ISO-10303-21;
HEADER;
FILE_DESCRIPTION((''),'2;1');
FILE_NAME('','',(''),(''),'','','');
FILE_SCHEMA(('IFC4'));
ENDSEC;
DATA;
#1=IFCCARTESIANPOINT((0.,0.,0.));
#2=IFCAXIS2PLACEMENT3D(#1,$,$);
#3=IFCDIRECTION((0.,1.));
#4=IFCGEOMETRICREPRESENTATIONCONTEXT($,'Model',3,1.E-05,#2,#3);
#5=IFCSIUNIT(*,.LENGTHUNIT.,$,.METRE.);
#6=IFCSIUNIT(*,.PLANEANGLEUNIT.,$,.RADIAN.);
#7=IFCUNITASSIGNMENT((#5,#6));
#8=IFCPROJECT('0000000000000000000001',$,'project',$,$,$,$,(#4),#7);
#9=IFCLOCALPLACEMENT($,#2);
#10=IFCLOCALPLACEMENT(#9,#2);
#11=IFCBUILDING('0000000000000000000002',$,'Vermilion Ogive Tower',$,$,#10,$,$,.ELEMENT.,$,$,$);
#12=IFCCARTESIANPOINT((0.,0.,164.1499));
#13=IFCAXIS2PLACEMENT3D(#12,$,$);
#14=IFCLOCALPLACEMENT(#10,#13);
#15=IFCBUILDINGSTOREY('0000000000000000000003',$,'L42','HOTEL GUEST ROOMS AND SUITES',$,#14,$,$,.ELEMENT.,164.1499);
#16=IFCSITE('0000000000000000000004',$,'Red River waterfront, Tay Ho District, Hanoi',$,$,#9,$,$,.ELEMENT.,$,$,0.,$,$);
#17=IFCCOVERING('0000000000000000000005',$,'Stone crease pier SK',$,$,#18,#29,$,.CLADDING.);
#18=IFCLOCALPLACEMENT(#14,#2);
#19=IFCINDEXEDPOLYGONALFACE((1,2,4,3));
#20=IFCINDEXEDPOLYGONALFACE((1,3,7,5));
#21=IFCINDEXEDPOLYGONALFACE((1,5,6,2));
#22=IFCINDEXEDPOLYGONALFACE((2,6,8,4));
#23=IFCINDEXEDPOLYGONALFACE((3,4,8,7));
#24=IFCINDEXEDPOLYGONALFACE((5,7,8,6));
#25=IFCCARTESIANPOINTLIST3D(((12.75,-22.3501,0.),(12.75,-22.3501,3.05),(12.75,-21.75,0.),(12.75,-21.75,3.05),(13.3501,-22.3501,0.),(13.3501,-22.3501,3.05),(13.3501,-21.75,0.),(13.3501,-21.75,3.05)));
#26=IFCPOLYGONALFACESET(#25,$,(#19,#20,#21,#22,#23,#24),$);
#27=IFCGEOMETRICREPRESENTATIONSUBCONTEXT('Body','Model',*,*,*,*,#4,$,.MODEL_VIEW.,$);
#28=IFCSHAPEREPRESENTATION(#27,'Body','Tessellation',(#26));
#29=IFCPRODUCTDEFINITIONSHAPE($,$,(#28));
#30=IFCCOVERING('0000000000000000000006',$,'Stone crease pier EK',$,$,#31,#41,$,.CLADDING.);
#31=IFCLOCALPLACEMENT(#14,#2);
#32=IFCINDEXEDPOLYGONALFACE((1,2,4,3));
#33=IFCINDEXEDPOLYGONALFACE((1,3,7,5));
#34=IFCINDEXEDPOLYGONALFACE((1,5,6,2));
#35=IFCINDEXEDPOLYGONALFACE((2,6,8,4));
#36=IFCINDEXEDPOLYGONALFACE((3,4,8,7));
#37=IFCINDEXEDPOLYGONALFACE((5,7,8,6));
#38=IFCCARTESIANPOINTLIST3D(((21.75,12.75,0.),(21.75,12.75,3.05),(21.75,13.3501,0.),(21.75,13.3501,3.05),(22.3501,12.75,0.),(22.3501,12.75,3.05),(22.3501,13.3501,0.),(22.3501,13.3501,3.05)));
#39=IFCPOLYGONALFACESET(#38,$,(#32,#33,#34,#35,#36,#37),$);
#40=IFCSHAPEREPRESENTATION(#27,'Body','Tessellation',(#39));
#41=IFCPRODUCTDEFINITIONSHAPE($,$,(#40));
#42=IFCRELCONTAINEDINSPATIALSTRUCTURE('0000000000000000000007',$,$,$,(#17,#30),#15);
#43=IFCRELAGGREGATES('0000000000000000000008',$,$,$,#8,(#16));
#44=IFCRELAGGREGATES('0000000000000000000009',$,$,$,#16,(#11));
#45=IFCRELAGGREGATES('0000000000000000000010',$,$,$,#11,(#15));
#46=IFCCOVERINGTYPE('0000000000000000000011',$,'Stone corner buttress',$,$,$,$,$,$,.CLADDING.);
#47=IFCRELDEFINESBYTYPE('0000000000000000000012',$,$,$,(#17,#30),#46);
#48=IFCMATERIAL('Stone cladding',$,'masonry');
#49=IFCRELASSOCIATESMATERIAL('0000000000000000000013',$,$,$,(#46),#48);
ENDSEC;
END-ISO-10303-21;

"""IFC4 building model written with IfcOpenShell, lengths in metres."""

from ifc_helpers import new_model, si_unit, direction, frame, origin, place, context, subcontext, project, spatial, polyline, outline, extrude, material, type_object, element, save


model = new_model("IFC4")

# Units and contexts
model_context = context("Model", 3, precision=1e-05, world=origin(), true_north=direction((0.0, 1.0)))
body_context = subcontext(model_context, "Body", "Model", "MODEL_VIEW")
ifc_project = project(units=[si_unit("LENGTHUNIT", "METRE"), si_unit("PLANEANGLEUNIT", "RADIAN")], contexts=[model_context])

# Site, building, storey
site_placement = place(None, origin())
site = spatial("IfcSite", under=ifc_project, at=site_placement, Name="Red River waterfront, Tay Ho District, Hanoi", CompositionType="ELEMENT", RefElevation=0.0)
building_placement = place(site_placement, origin())
building = spatial("IfcBuilding", under=site, at=building_placement, Name="Vermilion Ogive Tower", CompositionType="ELEMENT")
storey_placement = place(building_placement, frame((0.0, 0.0, 164.1499)))
storey = spatial("IfcBuildingStorey", under=building, at=storey_placement, Name="L42", Description="HOTEL GUEST ROOMS AND SUITES", CompositionType="ELEMENT", Elevation=164.1499)

# Coverings
ifc_material_1 = material(Name="Stone cladding", Category="masonry")
covering_type_1 = type_object("IfcCoveringType", Name="Stone corner buttress", PredefinedType="CLADDING", material=ifc_material_1)
covering_1_placement = place(storey_placement, origin())
element("IfcCovering", 1, at=covering_1_placement, inside=storey, type_object=covering_type_1, Name="Stone crease pier SK", PredefinedType="CLADDING", context=body_context, shape_type="SweptSolid", body=[
    extrude(outline(polyline([(12.75, -22.3501), (13.3501, -22.3501), (13.3501, -21.75), (12.75, -21.75), (12.75, -22.3501)])), origin(), (0.0, 0.0, 1.0), 3.05),
])
covering_2_placement = place(storey_placement, origin())
element("IfcCovering", 2, at=covering_2_placement, inside=storey, type_object=covering_type_1, Name="Stone crease pier EK", PredefinedType="CLADDING", context=body_context, shape_type="SweptSolid", body=[
    extrude(outline(polyline([(22.3501, 12.75), (22.3501, 13.3501), (21.75, 13.3501), (21.75, 12.75), (22.3501, 12.75)])), origin(), (0.0, 0.0, 1.0), 3.05),
])

save(model, "model.ifc")
